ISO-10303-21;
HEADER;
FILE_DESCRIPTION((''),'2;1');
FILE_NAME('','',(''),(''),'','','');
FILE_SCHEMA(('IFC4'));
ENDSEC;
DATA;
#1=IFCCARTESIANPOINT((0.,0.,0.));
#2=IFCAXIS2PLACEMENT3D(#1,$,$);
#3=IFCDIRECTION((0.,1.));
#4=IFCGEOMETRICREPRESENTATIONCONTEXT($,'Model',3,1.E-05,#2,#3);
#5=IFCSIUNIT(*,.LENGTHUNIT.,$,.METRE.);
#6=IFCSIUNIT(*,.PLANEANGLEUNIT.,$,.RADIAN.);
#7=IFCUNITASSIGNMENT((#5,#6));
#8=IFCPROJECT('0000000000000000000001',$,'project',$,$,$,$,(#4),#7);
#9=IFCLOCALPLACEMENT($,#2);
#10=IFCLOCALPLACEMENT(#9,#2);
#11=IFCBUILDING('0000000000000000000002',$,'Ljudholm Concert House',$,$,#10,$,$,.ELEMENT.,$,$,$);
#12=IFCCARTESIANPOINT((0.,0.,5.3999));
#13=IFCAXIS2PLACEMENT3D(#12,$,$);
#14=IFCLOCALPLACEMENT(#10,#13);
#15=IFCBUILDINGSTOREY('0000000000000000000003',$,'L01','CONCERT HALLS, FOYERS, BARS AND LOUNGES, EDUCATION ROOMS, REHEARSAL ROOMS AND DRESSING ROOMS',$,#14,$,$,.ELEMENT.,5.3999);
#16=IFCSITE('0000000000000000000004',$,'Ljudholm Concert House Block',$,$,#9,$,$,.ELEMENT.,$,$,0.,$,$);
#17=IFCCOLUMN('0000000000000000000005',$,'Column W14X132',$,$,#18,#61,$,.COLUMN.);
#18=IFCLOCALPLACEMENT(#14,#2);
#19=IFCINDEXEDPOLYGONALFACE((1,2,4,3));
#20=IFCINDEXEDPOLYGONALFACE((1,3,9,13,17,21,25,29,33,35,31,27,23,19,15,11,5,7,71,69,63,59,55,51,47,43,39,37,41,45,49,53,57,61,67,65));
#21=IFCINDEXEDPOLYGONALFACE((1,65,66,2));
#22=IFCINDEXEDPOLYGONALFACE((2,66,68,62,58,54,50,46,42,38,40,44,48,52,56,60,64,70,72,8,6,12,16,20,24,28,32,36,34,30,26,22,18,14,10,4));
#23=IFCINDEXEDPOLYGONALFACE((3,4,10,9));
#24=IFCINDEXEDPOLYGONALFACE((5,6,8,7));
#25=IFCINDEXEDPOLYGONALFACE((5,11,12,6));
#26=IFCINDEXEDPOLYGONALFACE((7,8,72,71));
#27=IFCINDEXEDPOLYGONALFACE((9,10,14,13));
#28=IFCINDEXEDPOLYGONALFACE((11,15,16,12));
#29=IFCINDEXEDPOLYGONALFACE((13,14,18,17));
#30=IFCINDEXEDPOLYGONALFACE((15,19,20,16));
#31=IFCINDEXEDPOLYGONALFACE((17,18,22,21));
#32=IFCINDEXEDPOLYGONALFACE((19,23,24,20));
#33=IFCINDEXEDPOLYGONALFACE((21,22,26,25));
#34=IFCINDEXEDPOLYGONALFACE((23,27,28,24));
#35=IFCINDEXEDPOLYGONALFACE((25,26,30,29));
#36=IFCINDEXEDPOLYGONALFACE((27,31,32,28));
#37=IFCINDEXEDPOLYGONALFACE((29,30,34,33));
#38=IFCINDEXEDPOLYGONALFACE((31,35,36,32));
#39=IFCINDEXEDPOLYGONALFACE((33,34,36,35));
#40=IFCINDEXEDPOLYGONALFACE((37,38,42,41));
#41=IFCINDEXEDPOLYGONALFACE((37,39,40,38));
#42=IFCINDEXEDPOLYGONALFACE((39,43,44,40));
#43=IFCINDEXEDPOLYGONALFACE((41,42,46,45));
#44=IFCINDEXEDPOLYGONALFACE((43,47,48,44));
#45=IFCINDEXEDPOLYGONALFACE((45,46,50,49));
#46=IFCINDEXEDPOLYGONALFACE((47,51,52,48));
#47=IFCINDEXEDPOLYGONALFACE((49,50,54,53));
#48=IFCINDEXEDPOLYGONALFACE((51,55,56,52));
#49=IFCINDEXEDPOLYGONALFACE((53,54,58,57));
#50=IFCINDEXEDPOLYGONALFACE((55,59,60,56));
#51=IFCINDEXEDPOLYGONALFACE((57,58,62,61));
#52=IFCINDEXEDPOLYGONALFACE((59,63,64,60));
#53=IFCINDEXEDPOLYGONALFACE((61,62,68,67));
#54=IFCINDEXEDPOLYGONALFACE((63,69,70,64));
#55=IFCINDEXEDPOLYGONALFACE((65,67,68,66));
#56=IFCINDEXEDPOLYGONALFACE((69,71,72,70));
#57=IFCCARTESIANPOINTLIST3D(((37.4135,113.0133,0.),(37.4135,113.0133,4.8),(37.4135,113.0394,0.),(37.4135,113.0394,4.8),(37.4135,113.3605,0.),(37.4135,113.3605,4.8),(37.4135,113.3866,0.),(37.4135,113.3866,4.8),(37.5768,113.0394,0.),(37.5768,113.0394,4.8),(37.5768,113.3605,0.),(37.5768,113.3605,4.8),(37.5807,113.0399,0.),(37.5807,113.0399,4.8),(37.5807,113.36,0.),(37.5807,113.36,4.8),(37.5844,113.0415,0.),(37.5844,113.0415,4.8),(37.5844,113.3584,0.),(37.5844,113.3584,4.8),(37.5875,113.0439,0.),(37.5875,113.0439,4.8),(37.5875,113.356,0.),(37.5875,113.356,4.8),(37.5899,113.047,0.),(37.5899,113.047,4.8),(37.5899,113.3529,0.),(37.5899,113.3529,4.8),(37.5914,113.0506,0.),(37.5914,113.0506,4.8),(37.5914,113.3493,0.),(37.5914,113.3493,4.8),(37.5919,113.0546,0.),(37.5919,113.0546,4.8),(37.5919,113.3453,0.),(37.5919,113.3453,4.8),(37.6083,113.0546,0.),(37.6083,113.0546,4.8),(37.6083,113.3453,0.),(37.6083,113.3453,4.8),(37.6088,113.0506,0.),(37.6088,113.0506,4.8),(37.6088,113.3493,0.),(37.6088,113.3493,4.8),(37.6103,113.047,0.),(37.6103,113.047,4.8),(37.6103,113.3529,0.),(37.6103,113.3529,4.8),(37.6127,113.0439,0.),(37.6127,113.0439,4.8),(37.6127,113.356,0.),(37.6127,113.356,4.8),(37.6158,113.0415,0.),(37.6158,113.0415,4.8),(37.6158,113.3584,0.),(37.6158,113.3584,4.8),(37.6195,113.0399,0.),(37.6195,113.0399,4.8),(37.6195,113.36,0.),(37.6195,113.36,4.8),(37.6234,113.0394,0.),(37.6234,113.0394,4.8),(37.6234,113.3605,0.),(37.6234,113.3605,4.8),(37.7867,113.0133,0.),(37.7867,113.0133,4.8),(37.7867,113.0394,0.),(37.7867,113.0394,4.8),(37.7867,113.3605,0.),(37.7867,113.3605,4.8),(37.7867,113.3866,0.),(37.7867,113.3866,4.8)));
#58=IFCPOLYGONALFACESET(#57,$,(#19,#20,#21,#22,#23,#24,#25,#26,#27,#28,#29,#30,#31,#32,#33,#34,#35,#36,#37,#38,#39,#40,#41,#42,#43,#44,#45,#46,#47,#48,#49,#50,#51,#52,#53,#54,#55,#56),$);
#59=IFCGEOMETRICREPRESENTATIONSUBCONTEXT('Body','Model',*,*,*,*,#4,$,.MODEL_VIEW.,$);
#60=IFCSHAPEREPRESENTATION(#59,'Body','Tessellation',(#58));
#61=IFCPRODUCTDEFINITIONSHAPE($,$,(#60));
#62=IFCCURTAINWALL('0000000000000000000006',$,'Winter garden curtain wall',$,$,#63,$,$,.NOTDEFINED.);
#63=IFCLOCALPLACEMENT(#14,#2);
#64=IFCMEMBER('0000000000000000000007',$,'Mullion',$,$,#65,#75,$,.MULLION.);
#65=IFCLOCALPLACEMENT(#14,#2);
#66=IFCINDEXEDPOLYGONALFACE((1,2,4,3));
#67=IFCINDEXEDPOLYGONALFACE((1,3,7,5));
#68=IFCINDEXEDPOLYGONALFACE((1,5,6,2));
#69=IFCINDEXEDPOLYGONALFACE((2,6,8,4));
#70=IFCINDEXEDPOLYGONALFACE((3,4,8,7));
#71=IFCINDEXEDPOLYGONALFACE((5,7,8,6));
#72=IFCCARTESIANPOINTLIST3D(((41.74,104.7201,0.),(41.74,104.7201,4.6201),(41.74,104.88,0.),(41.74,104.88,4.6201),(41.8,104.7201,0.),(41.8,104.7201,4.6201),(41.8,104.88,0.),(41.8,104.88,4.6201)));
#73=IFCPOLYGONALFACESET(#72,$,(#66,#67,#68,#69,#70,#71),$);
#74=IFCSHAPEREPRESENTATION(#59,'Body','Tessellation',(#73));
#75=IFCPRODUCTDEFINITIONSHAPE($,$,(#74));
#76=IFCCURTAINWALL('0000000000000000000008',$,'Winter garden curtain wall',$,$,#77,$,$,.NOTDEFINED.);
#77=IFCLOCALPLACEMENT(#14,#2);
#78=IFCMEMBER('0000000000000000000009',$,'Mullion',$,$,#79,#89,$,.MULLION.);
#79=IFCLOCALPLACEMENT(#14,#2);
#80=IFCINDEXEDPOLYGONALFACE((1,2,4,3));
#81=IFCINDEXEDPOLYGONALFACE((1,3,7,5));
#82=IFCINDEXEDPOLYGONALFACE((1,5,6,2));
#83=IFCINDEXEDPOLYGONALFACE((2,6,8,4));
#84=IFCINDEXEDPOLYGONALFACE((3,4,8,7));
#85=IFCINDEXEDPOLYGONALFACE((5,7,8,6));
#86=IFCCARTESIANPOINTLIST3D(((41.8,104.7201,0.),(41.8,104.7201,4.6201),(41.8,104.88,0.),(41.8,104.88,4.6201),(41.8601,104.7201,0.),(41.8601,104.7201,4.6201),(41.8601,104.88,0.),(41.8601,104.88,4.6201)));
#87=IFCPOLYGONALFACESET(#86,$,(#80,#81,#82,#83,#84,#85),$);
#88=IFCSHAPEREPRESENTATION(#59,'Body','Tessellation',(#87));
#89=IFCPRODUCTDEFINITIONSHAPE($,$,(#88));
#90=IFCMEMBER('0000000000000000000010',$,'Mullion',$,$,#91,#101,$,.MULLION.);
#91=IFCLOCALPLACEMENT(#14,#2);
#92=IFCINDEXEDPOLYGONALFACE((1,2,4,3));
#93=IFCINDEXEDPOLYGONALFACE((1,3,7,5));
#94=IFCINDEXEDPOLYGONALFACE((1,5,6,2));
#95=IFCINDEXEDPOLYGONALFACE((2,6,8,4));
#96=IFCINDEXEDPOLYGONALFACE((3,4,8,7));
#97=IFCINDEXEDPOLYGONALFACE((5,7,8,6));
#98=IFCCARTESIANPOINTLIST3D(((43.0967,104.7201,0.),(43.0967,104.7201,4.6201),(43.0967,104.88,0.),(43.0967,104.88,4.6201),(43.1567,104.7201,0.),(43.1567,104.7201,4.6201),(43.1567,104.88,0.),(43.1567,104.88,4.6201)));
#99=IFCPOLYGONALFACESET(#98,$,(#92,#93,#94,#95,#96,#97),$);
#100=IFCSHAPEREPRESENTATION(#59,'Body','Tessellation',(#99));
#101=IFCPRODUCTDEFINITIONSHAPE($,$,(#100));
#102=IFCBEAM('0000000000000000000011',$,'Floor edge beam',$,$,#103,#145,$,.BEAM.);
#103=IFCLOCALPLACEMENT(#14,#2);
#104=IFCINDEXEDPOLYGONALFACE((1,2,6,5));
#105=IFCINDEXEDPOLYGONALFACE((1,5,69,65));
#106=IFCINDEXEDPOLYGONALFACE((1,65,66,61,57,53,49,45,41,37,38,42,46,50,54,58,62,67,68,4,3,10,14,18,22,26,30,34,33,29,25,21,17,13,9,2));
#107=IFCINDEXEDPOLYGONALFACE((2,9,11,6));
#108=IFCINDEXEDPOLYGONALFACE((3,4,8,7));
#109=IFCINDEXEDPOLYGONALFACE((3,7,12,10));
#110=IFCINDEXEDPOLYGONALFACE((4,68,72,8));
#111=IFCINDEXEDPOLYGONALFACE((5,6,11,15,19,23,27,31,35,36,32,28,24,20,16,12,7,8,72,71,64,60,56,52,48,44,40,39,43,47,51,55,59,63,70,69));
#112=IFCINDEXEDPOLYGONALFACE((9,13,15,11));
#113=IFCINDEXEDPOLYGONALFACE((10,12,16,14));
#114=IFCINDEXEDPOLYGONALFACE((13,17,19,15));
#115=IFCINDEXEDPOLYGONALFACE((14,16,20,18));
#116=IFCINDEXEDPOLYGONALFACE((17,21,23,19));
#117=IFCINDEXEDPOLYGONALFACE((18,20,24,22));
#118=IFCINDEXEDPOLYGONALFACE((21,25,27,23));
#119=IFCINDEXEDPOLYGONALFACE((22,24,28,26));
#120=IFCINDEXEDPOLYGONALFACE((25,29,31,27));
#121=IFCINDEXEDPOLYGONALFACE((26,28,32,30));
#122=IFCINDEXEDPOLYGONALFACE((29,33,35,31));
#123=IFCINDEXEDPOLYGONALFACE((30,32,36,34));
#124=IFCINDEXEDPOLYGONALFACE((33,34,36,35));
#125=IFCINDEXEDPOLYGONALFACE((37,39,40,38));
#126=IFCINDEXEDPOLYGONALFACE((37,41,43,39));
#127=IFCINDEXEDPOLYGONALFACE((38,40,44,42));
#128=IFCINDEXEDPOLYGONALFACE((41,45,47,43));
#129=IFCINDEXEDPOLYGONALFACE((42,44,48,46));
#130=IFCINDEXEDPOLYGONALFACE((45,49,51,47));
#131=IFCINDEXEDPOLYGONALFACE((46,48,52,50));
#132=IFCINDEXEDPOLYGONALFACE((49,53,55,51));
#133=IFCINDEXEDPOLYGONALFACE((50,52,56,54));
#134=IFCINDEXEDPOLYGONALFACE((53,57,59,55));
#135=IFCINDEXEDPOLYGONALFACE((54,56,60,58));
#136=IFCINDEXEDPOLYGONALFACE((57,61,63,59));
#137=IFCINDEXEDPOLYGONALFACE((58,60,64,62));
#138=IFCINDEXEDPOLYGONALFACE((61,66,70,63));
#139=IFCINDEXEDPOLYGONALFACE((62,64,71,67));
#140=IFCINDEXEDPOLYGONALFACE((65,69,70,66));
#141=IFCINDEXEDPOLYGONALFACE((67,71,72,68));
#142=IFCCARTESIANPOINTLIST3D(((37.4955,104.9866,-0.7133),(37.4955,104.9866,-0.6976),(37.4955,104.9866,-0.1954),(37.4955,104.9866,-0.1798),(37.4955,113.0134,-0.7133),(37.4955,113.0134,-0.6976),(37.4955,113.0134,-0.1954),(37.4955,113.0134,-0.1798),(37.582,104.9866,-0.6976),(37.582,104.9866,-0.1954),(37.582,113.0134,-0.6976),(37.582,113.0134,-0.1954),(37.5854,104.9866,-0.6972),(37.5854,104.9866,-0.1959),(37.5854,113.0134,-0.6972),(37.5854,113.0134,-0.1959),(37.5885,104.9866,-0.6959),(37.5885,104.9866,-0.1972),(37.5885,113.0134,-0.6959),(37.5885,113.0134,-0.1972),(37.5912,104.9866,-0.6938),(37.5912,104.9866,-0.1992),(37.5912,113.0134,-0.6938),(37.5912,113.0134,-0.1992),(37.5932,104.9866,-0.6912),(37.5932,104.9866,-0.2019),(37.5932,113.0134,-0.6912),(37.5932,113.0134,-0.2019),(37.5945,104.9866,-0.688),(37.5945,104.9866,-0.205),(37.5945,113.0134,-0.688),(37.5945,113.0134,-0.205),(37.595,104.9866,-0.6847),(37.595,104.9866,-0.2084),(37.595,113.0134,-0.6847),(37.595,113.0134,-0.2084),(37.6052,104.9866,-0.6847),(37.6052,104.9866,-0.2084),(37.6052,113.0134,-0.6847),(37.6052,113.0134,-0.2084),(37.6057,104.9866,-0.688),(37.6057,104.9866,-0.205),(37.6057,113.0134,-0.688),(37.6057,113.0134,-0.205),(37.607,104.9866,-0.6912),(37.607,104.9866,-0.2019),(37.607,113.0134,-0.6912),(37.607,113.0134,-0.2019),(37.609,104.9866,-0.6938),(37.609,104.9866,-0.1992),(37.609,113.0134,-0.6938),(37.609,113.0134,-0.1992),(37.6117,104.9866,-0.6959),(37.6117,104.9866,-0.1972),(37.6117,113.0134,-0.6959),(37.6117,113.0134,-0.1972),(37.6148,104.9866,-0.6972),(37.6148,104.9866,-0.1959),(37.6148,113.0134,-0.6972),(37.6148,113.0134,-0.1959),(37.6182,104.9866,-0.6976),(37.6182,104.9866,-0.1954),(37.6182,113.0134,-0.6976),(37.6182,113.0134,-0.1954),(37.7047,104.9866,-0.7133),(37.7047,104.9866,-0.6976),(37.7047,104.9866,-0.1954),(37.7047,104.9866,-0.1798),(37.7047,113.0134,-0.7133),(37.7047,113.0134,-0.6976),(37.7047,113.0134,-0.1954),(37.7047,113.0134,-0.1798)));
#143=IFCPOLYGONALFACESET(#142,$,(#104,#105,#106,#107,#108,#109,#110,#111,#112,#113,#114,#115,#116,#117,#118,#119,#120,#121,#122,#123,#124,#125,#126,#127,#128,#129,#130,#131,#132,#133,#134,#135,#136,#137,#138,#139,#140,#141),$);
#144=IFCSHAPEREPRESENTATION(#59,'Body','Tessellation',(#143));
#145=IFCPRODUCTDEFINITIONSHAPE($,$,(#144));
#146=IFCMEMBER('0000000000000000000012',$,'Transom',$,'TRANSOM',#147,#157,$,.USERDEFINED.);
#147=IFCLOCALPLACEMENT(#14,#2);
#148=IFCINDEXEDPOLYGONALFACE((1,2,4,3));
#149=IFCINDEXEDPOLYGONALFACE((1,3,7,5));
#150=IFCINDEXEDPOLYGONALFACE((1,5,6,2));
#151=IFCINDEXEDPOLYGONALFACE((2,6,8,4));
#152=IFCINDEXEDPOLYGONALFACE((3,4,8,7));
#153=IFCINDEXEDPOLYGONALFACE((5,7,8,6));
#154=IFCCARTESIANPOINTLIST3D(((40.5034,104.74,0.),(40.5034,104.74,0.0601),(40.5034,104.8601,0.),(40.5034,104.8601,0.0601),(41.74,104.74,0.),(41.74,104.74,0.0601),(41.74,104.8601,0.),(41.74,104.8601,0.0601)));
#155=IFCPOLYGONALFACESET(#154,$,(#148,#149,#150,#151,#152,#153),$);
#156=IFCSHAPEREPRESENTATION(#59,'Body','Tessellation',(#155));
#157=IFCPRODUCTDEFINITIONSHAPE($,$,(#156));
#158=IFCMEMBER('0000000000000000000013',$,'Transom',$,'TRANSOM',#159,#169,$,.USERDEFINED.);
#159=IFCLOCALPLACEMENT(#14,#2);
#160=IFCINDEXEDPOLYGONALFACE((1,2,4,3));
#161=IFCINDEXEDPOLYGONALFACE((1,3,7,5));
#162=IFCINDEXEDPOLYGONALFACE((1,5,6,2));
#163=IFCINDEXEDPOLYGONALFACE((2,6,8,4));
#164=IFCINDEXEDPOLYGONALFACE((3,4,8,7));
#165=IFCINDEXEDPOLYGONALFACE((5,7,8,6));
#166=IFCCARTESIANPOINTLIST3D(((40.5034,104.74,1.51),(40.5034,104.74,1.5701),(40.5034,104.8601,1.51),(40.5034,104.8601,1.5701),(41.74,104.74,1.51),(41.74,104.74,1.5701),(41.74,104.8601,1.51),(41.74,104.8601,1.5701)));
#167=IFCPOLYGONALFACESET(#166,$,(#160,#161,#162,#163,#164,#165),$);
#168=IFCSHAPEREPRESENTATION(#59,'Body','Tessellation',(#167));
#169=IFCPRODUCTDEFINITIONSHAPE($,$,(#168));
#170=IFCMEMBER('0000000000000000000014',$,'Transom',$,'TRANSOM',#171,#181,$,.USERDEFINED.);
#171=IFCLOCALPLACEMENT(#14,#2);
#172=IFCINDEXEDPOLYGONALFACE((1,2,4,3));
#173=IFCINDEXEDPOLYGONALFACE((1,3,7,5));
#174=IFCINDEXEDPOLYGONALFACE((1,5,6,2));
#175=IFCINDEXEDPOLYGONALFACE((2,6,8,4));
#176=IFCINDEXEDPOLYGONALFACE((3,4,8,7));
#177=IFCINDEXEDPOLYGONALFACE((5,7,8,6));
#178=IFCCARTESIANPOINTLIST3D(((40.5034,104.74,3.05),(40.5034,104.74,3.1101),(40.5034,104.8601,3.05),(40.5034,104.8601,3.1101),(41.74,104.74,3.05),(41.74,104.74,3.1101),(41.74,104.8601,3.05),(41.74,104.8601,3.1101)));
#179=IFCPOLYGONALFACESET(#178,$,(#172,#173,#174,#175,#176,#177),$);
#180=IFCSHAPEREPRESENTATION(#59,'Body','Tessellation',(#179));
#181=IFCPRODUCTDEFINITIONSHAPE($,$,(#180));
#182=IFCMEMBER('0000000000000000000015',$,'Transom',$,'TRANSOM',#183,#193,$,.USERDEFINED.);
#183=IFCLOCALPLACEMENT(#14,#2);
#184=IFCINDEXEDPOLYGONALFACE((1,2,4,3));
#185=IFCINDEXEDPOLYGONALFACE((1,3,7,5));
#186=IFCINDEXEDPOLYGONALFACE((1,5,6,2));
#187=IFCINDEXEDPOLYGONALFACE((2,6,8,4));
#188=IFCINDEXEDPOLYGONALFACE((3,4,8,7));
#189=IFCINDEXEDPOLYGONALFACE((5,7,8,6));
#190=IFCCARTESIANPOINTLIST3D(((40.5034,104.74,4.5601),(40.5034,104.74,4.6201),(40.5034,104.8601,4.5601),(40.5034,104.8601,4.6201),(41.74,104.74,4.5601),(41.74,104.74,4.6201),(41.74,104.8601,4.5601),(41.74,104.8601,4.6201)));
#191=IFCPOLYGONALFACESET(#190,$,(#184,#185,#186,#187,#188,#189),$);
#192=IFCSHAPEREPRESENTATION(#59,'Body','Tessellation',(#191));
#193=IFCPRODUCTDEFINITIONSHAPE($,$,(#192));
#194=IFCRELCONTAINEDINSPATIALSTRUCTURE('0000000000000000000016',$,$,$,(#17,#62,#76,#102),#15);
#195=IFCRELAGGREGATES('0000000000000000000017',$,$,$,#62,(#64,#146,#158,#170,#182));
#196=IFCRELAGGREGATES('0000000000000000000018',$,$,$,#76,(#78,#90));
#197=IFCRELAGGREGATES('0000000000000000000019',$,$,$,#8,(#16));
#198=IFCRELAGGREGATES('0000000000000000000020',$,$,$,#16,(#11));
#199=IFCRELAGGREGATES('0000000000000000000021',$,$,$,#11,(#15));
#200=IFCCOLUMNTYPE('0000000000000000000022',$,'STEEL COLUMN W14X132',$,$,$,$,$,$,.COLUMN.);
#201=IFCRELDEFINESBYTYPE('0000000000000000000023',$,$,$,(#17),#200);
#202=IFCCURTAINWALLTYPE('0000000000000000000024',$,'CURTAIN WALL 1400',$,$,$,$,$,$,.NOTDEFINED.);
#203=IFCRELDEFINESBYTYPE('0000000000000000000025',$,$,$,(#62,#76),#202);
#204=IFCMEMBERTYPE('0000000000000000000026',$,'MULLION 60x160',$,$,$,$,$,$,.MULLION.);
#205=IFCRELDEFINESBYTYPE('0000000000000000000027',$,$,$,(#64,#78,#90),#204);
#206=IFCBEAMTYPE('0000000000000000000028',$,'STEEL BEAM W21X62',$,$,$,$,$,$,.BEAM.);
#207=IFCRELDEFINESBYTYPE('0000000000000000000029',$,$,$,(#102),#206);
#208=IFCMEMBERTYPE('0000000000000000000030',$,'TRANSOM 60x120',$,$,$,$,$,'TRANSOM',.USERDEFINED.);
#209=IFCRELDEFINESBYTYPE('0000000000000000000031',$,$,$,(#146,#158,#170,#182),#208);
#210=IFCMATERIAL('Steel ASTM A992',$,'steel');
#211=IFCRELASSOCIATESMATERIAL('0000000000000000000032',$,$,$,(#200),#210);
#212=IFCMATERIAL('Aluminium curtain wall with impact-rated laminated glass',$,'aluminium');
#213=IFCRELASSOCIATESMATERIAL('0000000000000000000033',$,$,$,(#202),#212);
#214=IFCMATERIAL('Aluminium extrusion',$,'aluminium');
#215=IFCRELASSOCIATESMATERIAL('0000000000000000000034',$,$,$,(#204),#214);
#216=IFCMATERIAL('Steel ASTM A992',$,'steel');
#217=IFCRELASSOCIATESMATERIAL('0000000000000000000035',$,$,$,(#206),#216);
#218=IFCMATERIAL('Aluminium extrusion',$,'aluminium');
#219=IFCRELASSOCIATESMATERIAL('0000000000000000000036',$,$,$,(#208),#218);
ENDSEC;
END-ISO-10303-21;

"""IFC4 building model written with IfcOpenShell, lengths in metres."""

from ifc_helpers import new_model, si_unit, direction, frame, origin, origin_2d, place, context, subcontext, project, spatial, rectangle, i_section, extrude, material, material_profile, profile_set, type_object, element, aggregate, save


model = new_model("IFC4")

# Units and contexts
model_context = context("Model", 3, precision=1e-05, world=origin(), true_north=direction((0.0, 1.0)))
body_context = subcontext(model_context, "Body", "Model", "MODEL_VIEW")
ifc_project = project(units=[si_unit("LENGTHUNIT", "METRE"), si_unit("PLANEANGLEUNIT", "RADIAN")], contexts=[model_context])

# Site, building, storey
site_placement = place(None, origin())
site = spatial("IfcSite", under=ifc_project, at=site_placement, Name="Ljudholm Concert House Block", CompositionType="ELEMENT", RefElevation=0.0)
building_placement = place(site_placement, origin())
building = spatial("IfcBuilding", under=site, at=building_placement, Name="Ljudholm Concert House", CompositionType="ELEMENT")
storey_placement = place(building_placement, frame((0.0, 0.0, 5.3999)))
storey = spatial("IfcBuildingStorey", under=building, at=storey_placement, Name="L01", Description="CONCERT HALLS, FOYERS, BARS AND LOUNGES, EDUCATION ROOMS, REHEARSAL ROOMS AND DRESSING ROOMS", CompositionType="ELEMENT", Elevation=5.3999)

# Column
ifc_material_1 = material(Name="Steel ASTM A992", Category="steel")
ifc_material_profile_1 = material_profile(ifc_material_1, i_section(OverallWidth=0.3733, OverallDepth=0.3733, WebThickness=0.0164, FlangeThickness=0.0261, FilletRadius=0.0151, at=origin_2d()), Name="W14X132")
ifc_profile_set_1 = profile_set([ifc_material_profile_1], Name="Steel ASTM A992")
column_type = type_object("IfcColumnType", Name="STEEL COLUMN W14X132", PredefinedType="COLUMN", material=ifc_profile_set_1)
column_placement = place(storey_placement, frame((37.6001, 113.2, 0.0), z_axis=(0.0, 0.0, 1.0), x_axis=(1.0, 0.0, 0.0)))
element("IfcColumn", 1, at=column_placement, inside=storey, type_object=column_type, Name="Column W14X132", PredefinedType="COLUMN", context=body_context, shape_type="SweptSolid", body=[
    extrude(i_section(OverallWidth=0.3733, OverallDepth=0.3733, WebThickness=0.0164, FlangeThickness=0.0261, FilletRadius=0.0151, at=origin_2d()), origin(), (0.0, 0.0, 1.0), 4.8),
])

# Curtain wall, member
ifc_material_2 = material(Name="Aluminium curtain wall with impact-rated laminated glass", Category="aluminium")
curtain_wall_type = type_object("IfcCurtainWallType", Name="CURTAIN WALL 1400", PredefinedType="NOTDEFINED", material=ifc_material_2)
curtain_wall_1_placement = place(storey_placement, origin())
curtain_wall_1 = element("IfcCurtainWall", 2, at=curtain_wall_1_placement, inside=storey, type_object=curtain_wall_type, Name="Winter garden curtain wall", PredefinedType="NOTDEFINED")
ifc_material_3 = material(Name="Aluminium extrusion", Category="aluminium")
ifc_material_profile_2 = material_profile(ifc_material_3, rectangle(XDim=0.1599, YDim=0.0601, at=origin_2d()), Name="MULLION 60x160")
ifc_profile_set_2 = profile_set([ifc_material_profile_2], Name="Aluminium extrusion")
member_type_1 = type_object("IfcMemberType", Name="MULLION 60x160", PredefinedType="MULLION", material=ifc_profile_set_2)
member_1_placement = place(storey_placement, frame((41.77, 104.8, 0.0), z_axis=(0.0, 0.0, 1.0), x_axis=(0.0, 1.0, 0.0)))
member_1 = element("IfcMember", 3, at=member_1_placement, type_object=member_type_1, Name="Mullion", PredefinedType="MULLION", context=body_context, shape_type="SweptSolid", body=[
    extrude(rectangle(XDim=0.1599, YDim=0.0601, at=origin_2d()), origin(), (0.0, 0.0, 1.0), 4.6201),
])

# Curtain wall, members
curtain_wall_2_placement = place(storey_placement, origin())
curtain_wall_2 = element("IfcCurtainWall", 4, at=curtain_wall_2_placement, inside=storey, type_object=curtain_wall_type, Name="Winter garden curtain wall", PredefinedType="NOTDEFINED")
member_2_placement = place(storey_placement, frame((41.8301, 104.8, 0.0), z_axis=(0.0, 0.0, 1.0), x_axis=(0.0, 1.0, 0.0)))
member_2 = element("IfcMember", 5, at=member_2_placement, type_object=member_type_1, Name="Mullion", PredefinedType="MULLION", context=body_context, shape_type="SweptSolid", body=[
    extrude(rectangle(XDim=0.1599, YDim=0.0601, at=origin_2d()), origin(), (0.0, 0.0, 1.0), 4.6201),
])
member_3_placement = place(storey_placement, frame((43.1267, 104.8, 0.0), z_axis=(0.0, 0.0, 1.0), x_axis=(0.0, 1.0, 0.0)))
member_3 = element("IfcMember", 6, at=member_3_placement, type_object=member_type_1, Name="Mullion", PredefinedType="MULLION", context=body_context, shape_type="SweptSolid", body=[
    extrude(rectangle(XDim=0.1599, YDim=0.0601, at=origin_2d()), origin(), (0.0, 0.0, 1.0), 4.6201),
])

# Beam
ifc_material_4 = material(Name="Steel ASTM A992", Category="steel")
ifc_material_profile_3 = material_profile(ifc_material_4, i_section(OverallWidth=0.2092, OverallDepth=0.5334, WebThickness=0.0103, FlangeThickness=0.0156, FilletRadius=0.0129, at=origin_2d()), Name="W21X62")
ifc_profile_set_3 = profile_set([ifc_material_profile_3], Name="Steel ASTM A992")
beam_type = type_object("IfcBeamType", Name="STEEL BEAM W21X62", PredefinedType="BEAM", material=ifc_profile_set_3)
beam_placement = place(storey_placement, frame((37.6001, 104.9866, -0.4465), z_axis=(0.0, 1.0, 0.0), x_axis=(-1.0, 0.0, 0.0)))
element("IfcBeam", 7, at=beam_placement, inside=storey, type_object=beam_type, Name="Floor edge beam", PredefinedType="BEAM", context=body_context, shape_type="SweptSolid", body=[
    extrude(i_section(OverallWidth=0.2092, OverallDepth=0.5334, WebThickness=0.0103, FlangeThickness=0.0156, FilletRadius=0.0129, at=origin_2d()), origin(), (0.0, 0.0, 1.0), 8.0269),
])

# Members
ifc_material_5 = material(Name="Aluminium extrusion", Category="aluminium")
ifc_material_profile_4 = material_profile(ifc_material_5, rectangle(XDim=0.1201, YDim=0.0601, at=origin_2d()), Name="TRANSOM 60x120")
ifc_profile_set_4 = profile_set([ifc_material_profile_4], Name="Aluminium extrusion")
member_type_2 = type_object("IfcMemberType", Name="TRANSOM 60x120", ElementType="TRANSOM", PredefinedType="USERDEFINED", material=ifc_profile_set_4)
member_4_placement = place(storey_placement, frame((40.5034, 104.8, 0.03), z_axis=(1.0, 0.0, 0.0), x_axis=(0.0, 1.0, 0.0)))
member_4 = element("IfcMember", 8, at=member_4_placement, type_object=member_type_2, Name="Transom", ObjectType="TRANSOM", PredefinedType="USERDEFINED", context=body_context, shape_type="SweptSolid", body=[
    extrude(rectangle(XDim=0.1201, YDim=0.0601, at=origin_2d()), origin(), (0.0, 0.0, 1.0), 1.2366),
])
member_5_placement = place(storey_placement, frame((40.5034, 104.8, 1.54), z_axis=(1.0, 0.0, 0.0), x_axis=(0.0, 1.0, 0.0)))
member_5 = element("IfcMember", 9, at=member_5_placement, type_object=member_type_2, Name="Transom", ObjectType="TRANSOM", PredefinedType="USERDEFINED", context=body_context, shape_type="SweptSolid", body=[
    extrude(rectangle(XDim=0.1201, YDim=0.0601, at=origin_2d()), origin(), (0.0, 0.0, 1.0), 1.2366),
])
member_6_placement = place(storey_placement, frame((40.5034, 104.8, 3.0801), z_axis=(1.0, 0.0, 0.0), x_axis=(0.0, 1.0, 0.0)))
member_6 = element("IfcMember", 10, at=member_6_placement, type_object=member_type_2, Name="Transom", ObjectType="TRANSOM", PredefinedType="USERDEFINED", context=body_context, shape_type="SweptSolid", body=[
    extrude(rectangle(XDim=0.1201, YDim=0.0601, at=origin_2d()), origin(), (0.0, 0.0, 1.0), 1.2366),
])
member_7_placement = place(storey_placement, frame((40.5034, 104.8, 4.5901), z_axis=(1.0, 0.0, 0.0), x_axis=(0.0, 1.0, 0.0)))
member_7 = element("IfcMember", 11, at=member_7_placement, type_object=member_type_2, Name="Transom", ObjectType="TRANSOM", PredefinedType="USERDEFINED", context=body_context, shape_type="SweptSolid", body=[
    extrude(rectangle(XDim=0.1201, YDim=0.0601, at=origin_2d()), origin(), (0.0, 0.0, 1.0), 1.2366),
])

aggregate(curtain_wall_1, [member_1, member_4, member_5, member_6, member_7])
aggregate(curtain_wall_2, [member_2, member_3])

save(model, "model.ifc")
